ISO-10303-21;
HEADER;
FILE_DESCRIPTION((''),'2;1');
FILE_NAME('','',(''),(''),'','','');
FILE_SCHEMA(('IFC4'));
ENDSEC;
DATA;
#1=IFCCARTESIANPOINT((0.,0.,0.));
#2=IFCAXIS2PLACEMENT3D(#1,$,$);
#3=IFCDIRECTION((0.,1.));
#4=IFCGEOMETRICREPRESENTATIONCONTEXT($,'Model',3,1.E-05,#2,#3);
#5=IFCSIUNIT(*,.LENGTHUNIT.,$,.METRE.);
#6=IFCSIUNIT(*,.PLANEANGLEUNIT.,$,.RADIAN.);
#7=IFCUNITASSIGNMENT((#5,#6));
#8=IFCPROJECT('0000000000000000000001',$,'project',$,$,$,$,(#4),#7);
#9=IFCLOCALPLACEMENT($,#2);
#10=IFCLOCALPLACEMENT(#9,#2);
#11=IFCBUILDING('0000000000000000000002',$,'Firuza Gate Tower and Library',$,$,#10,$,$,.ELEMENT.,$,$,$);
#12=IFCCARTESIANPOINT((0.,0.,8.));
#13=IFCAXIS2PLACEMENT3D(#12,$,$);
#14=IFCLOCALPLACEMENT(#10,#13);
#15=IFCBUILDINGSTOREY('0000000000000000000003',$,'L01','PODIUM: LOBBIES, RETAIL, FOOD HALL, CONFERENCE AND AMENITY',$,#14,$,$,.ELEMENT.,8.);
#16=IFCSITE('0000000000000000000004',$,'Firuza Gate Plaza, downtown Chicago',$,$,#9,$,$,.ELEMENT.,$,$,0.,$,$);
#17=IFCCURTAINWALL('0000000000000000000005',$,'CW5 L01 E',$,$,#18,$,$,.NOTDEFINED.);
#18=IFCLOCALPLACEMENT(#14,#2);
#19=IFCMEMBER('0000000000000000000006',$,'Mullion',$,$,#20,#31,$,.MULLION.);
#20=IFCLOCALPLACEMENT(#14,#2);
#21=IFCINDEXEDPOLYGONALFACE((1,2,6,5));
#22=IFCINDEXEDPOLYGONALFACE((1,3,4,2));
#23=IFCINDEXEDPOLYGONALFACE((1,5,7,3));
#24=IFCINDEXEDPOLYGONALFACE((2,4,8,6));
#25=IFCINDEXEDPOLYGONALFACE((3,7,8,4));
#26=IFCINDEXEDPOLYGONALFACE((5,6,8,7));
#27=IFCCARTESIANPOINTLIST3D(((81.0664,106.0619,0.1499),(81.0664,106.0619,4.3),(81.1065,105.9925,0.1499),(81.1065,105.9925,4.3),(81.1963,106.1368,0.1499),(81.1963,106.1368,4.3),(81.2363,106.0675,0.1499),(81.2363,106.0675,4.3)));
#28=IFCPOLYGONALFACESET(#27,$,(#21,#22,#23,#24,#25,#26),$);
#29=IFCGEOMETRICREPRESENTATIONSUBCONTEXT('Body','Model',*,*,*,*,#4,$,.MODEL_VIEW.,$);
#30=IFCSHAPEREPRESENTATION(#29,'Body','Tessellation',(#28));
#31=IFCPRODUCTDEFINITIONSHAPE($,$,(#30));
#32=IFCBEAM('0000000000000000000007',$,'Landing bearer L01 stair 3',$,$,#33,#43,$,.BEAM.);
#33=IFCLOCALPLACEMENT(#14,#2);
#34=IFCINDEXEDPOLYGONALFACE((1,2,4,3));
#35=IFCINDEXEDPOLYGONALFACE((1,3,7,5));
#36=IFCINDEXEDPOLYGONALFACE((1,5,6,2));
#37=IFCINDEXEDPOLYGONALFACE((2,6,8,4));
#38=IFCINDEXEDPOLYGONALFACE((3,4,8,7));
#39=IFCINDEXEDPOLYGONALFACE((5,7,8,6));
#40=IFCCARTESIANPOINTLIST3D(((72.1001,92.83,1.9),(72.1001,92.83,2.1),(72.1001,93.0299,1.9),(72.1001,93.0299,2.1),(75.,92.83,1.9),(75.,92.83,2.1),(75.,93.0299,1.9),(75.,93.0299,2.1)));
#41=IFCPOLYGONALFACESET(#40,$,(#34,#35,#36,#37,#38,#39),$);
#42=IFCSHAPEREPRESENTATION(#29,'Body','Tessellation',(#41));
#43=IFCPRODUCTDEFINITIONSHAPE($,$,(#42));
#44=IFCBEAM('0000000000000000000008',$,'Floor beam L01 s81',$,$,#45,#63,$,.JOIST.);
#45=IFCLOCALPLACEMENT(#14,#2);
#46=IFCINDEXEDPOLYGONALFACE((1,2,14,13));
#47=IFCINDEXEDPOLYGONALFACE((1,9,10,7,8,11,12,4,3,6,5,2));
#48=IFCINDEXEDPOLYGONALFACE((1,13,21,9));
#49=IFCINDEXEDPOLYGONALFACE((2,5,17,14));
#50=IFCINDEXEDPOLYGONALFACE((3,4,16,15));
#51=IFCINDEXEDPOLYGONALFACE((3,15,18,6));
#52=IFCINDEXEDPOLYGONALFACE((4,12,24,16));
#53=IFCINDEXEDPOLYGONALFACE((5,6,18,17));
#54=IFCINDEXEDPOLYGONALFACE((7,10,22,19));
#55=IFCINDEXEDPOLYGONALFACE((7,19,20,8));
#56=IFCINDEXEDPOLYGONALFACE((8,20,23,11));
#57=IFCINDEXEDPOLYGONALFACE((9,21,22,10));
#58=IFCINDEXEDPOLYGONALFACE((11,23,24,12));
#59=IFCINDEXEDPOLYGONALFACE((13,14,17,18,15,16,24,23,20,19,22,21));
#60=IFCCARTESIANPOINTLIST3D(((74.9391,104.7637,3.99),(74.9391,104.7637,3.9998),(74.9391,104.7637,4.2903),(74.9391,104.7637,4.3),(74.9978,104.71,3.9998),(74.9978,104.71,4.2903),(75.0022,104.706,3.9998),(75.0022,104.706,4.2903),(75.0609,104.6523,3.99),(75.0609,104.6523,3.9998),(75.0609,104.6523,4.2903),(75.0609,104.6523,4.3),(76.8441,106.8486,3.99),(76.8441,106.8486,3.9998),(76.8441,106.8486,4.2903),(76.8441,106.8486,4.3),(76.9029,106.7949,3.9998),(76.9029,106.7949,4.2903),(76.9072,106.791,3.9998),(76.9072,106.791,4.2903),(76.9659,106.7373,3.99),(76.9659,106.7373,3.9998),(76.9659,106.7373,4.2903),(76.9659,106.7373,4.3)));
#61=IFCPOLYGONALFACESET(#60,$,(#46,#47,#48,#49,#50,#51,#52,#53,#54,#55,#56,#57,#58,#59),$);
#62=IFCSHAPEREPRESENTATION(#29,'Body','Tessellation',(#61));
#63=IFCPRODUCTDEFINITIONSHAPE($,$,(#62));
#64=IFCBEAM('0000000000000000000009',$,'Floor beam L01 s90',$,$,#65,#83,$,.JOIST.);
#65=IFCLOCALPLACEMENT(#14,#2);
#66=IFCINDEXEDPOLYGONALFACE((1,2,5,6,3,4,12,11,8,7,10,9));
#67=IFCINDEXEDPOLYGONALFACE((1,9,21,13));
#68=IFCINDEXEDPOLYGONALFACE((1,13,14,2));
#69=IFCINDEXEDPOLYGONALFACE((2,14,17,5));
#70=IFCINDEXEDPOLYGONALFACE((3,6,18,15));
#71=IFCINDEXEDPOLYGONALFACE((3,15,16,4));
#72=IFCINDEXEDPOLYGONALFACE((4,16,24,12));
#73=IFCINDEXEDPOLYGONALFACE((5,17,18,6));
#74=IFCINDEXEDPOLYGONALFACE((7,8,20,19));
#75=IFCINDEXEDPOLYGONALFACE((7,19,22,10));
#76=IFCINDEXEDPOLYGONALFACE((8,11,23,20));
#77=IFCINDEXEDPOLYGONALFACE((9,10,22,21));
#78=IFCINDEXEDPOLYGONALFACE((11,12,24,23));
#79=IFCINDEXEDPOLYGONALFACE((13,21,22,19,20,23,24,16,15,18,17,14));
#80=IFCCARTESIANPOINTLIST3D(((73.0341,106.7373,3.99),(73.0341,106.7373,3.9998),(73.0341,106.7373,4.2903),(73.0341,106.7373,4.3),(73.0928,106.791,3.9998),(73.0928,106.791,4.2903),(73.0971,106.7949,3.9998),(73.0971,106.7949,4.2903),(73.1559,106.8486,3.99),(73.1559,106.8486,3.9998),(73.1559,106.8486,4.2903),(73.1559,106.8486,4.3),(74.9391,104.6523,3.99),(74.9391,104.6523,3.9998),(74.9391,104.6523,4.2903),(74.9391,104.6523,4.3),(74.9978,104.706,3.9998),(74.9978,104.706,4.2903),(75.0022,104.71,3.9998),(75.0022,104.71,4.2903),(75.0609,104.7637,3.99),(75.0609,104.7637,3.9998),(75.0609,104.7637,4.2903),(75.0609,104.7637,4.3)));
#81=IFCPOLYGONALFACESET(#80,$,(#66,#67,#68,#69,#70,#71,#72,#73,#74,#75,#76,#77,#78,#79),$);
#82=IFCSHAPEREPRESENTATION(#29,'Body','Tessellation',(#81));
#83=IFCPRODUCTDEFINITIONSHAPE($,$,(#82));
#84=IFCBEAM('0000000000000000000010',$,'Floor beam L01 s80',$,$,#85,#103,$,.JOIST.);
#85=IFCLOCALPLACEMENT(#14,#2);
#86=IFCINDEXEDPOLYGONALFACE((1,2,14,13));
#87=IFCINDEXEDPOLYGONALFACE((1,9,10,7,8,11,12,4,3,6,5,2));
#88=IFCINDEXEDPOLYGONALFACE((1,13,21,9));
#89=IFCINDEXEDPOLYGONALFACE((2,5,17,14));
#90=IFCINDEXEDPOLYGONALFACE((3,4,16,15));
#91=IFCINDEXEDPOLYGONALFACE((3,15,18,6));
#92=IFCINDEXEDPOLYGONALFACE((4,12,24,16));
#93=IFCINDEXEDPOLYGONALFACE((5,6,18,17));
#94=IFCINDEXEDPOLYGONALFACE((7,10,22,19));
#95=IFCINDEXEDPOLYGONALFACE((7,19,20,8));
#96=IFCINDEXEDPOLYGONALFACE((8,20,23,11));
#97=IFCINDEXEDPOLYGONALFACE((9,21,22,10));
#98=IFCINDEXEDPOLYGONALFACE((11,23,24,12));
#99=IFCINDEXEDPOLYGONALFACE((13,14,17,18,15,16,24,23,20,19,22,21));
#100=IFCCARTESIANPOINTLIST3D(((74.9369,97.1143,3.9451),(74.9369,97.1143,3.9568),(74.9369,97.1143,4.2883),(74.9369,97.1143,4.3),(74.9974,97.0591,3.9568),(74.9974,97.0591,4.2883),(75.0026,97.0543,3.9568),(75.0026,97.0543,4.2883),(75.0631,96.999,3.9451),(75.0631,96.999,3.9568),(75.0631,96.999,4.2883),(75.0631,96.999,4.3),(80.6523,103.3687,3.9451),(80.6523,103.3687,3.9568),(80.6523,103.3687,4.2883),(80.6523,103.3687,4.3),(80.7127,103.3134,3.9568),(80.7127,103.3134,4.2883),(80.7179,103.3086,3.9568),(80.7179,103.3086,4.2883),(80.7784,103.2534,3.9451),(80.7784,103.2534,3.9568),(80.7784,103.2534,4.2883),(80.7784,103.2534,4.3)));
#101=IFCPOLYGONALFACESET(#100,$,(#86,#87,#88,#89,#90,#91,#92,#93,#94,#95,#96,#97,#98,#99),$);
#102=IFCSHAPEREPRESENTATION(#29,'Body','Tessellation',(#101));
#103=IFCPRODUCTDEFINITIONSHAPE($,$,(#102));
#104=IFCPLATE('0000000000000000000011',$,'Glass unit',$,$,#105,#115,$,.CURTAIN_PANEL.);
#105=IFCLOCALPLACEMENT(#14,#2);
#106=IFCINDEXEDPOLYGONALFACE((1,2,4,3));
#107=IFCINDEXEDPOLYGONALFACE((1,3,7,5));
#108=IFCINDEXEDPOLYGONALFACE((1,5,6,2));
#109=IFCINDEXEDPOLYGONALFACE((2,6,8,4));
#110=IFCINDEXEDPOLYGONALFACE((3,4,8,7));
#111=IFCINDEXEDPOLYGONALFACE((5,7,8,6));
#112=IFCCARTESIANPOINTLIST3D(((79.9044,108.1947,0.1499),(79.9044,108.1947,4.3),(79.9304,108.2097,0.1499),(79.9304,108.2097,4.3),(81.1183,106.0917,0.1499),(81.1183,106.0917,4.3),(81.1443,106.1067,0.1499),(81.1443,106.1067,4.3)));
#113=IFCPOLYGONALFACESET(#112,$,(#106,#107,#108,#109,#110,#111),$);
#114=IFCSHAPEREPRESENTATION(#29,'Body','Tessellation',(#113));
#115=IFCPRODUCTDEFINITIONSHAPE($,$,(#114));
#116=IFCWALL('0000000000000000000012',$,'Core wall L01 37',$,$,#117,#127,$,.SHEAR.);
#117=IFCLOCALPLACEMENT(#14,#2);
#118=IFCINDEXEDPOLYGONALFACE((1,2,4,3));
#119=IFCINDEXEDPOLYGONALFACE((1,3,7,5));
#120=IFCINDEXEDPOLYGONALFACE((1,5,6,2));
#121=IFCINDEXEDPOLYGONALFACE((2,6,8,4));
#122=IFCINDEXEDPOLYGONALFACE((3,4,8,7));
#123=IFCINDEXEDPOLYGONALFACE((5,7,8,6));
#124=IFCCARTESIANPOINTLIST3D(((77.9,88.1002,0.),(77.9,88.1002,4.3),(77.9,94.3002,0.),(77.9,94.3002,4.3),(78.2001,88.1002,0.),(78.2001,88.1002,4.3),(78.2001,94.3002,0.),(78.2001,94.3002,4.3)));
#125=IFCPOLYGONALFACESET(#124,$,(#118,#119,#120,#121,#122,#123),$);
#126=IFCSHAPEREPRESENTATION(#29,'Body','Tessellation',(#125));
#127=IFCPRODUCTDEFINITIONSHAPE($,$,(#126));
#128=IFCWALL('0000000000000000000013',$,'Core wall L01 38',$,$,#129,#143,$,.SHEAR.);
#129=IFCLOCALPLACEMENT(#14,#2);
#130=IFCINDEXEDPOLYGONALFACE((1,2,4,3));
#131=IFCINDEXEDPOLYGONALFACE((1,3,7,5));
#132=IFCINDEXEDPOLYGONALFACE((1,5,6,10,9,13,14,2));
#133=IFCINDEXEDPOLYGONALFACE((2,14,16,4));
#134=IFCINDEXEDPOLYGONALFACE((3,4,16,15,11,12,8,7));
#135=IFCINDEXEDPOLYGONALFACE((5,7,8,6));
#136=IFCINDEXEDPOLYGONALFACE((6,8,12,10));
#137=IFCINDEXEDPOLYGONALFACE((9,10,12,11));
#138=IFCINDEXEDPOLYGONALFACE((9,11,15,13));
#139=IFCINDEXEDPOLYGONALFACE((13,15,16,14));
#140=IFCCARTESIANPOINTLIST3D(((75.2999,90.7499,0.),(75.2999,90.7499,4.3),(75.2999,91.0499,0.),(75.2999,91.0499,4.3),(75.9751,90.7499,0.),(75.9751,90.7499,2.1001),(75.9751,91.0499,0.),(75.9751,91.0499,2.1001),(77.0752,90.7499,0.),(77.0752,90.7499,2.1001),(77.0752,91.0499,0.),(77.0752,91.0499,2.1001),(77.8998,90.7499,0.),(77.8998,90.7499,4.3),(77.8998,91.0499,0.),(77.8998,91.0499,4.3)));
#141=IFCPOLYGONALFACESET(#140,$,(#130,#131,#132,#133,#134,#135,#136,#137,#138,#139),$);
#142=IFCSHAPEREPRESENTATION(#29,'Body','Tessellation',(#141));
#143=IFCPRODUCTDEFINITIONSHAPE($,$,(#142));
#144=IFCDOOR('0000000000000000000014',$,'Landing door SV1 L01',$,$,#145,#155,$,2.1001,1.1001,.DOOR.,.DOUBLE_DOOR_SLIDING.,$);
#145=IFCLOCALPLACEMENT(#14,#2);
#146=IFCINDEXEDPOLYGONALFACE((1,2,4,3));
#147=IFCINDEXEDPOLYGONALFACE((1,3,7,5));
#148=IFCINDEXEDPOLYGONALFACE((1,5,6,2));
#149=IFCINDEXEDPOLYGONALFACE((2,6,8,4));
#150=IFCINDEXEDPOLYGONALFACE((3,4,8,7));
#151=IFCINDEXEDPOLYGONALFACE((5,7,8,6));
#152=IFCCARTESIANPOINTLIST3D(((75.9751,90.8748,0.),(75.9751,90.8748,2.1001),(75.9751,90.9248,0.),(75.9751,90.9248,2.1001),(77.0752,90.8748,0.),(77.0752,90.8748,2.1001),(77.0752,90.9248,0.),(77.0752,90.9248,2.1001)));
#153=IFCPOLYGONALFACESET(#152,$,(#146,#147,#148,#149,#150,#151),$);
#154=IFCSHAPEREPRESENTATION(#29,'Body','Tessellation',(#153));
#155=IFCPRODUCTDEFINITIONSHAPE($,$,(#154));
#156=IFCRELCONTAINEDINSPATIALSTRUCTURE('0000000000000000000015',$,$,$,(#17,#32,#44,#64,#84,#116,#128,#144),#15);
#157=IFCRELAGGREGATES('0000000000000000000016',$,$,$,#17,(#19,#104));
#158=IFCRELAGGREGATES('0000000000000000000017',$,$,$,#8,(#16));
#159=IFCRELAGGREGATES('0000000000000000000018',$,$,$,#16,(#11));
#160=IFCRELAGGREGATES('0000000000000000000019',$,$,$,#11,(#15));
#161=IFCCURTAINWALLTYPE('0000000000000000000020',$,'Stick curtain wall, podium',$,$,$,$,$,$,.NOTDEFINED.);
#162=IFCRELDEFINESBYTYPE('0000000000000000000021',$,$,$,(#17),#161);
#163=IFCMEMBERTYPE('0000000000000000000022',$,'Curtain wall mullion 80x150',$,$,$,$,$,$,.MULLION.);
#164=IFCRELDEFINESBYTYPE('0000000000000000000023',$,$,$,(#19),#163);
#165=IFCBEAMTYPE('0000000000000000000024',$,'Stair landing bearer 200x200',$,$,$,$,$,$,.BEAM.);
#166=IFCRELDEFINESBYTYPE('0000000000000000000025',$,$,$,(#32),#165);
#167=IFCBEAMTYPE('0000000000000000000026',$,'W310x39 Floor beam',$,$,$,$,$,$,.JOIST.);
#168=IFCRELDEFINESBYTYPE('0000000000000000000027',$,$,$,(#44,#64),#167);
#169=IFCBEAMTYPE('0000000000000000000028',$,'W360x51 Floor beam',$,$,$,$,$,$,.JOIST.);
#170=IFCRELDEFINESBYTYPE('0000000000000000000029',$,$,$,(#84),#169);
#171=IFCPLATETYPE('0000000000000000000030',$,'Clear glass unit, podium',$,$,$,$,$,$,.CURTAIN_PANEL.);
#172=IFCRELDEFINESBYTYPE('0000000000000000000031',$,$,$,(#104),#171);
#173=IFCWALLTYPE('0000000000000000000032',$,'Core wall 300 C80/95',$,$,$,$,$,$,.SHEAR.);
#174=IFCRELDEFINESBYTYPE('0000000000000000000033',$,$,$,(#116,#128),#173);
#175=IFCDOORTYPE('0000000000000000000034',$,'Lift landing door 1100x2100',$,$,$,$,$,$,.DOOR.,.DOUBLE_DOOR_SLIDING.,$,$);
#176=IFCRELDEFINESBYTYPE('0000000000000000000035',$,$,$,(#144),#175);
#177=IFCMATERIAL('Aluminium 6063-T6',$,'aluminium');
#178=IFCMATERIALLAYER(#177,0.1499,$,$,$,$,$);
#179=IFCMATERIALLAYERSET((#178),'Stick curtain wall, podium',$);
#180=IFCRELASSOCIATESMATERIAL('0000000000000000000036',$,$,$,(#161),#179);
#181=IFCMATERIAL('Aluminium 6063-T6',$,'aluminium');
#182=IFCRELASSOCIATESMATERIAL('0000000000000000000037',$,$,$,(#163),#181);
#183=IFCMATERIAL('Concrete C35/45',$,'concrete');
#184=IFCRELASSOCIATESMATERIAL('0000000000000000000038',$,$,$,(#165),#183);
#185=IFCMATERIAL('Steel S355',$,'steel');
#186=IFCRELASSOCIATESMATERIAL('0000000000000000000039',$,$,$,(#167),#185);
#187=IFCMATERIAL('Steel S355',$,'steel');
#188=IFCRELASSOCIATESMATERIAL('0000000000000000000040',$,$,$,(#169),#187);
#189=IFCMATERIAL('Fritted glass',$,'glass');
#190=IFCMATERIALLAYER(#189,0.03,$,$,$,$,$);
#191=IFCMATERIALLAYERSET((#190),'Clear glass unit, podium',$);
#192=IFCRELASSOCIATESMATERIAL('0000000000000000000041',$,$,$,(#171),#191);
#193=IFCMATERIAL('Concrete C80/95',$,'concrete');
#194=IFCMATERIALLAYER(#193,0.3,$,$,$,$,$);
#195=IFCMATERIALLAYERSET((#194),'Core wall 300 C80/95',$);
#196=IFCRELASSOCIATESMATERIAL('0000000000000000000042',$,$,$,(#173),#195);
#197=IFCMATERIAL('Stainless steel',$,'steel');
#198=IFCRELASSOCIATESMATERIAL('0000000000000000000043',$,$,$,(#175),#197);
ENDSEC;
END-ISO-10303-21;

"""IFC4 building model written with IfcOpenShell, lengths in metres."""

from ifc_helpers import new_model, si_unit, direction, frame, frame_2d, origin, origin_2d, place, context, subcontext, project, spatial, polyline, rectangle, i_section, outline, extrude, material, layer, layer_set, material_profile, profile_set, type_object, element, fill, aggregate, save


model = new_model("IFC4")

# Units and contexts
model_context = context("Model", 3, precision=1e-05, world=origin(), true_north=direction((0.0, 1.0)))
body_context = subcontext(model_context, "Body", "Model", "MODEL_VIEW")
ifc_project = project(units=[si_unit("LENGTHUNIT", "METRE"), si_unit("PLANEANGLEUNIT", "RADIAN")], contexts=[model_context])

# Site, building, storey
site_placement = place(None, origin())
site = spatial("IfcSite", under=ifc_project, at=site_placement, Name="Firuza Gate Plaza, downtown Chicago", CompositionType="ELEMENT", RefElevation=0.0)
building_placement = place(site_placement, origin())
building = spatial("IfcBuilding", under=site, at=building_placement, Name="Firuza Gate Tower and Library", CompositionType="ELEMENT")
storey_placement = place(building_placement, frame((0.0, 0.0, 8.0)))
storey = spatial("IfcBuildingStorey", under=building, at=storey_placement, Name="L01", Description="PODIUM: LOBBIES, RETAIL, FOOD HALL, CONFERENCE AND AMENITY", CompositionType="ELEMENT", Elevation=8.0)

# Curtain wall, member
ifc_material_1 = material(Name="Aluminium 6063-T6", Category="aluminium")
ifc_layer_1 = layer(ifc_material_1, 0.1499)
ifc_layer_set_1 = layer_set([ifc_layer_1], Name="Stick curtain wall, podium")
curtain_wall_type = type_object("IfcCurtainWallType", Name="Stick curtain wall, podium", PredefinedType="NOTDEFINED", material=ifc_layer_set_1)
placement = place(storey_placement, origin())
curtain_wall = element("IfcCurtainWall", 1, at=placement, inside=storey, type_object=curtain_wall_type, Name="CW5 L01 E", PredefinedType="NOTDEFINED")
ifc_material_2 = material(Name="Aluminium 6063-T6", Category="aluminium")
ifc_material_profile_1 = material_profile(ifc_material_2, rectangle(XDim=0.1499, YDim=0.0801, at=origin_2d()))
ifc_profile_set_1 = profile_set([ifc_material_profile_1], Name="Aluminium 6063-T6")
member_type = type_object("IfcMemberType", Name="Curtain wall mullion 80x150", PredefinedType="MULLION", material=ifc_profile_set_1)
member_placement = place(storey_placement, frame((81.1514, 106.0647, 0.1499), z_axis=(0.0, 0.0, 1.0), x_axis=(-0.866025, -0.5, 0.0)))
member = element("IfcMember", 2, at=member_placement, type_object=member_type, Name="Mullion", PredefinedType="MULLION", context=body_context, shape_type="SweptSolid", body=[
    extrude(rectangle(XDim=0.1499, YDim=0.0801, at=origin_2d()), origin(), (0.0, 0.0, 1.0), 4.1501),
])

# Beams
ifc_material_3 = material(Name="Concrete C35/45", Category="concrete")
ifc_material_profile_2 = material_profile(ifc_material_3, rectangle(XDim=0.2, YDim=0.2, at=origin_2d()))
ifc_profile_set_2 = profile_set([ifc_material_profile_2], Name="Concrete C35/45")
beam_type_1 = type_object("IfcBeamType", Name="Stair landing bearer 200x200", PredefinedType="BEAM", material=ifc_profile_set_2)
beam_1_placement = place(storey_placement, frame((75.0, 92.9299, 2.0), z_axis=(-1.0, 0.0, 0.0), x_axis=(0.0, -1.0, 0.0)))
element("IfcBeam", 3, at=beam_1_placement, inside=storey, type_object=beam_type_1, Name="Landing bearer L01 stair 3", PredefinedType="BEAM", context=body_context, shape_type="SweptSolid", body=[
    extrude(rectangle(XDim=0.2, YDim=0.2, at=origin_2d()), origin(), (0.0, 0.0, 1.0), 2.8999),
])
ifc_material_4 = material(Name="Steel S355", Category="steel")
ifc_material_profile_3 = material_profile(ifc_material_4, i_section(OverallWidth=0.165, OverallDepth=0.3101, WebThickness=0.0059, FlangeThickness=0.0098, at=origin_2d()))
ifc_profile_set_3 = profile_set([ifc_material_profile_3], Name="Steel S355")
beam_type_2 = type_object("IfcBeamType", Name="W310x39 Floor beam", PredefinedType="JOIST", material=ifc_profile_set_3)
for number, where, z_axis, x_axis, name in (
    (4, (76.905, 106.793, 4.145), (-0.674534, -0.738244, 0.0), (0.738244, -0.674534, 0.0), "Floor beam L01 s81"),
    (5, (73.095, 106.793, 4.145), (0.674534, -0.738244, 0.0), (0.738244, 0.674534, 0.0), "Floor beam L01 s90"),
):
    element("IfcBeam", number, at=place(storey_placement, frame(where, z_axis=z_axis, x_axis=x_axis)), inside=storey, type_object=beam_type_2, Name=name, PredefinedType="JOIST", context=body_context, shape_type="SweptSolid", body=[
        extrude(i_section(OverallWidth=0.165, OverallDepth=0.3101, WebThickness=0.0059, FlangeThickness=0.0098, at=origin_2d()), origin(), (0.0, 0.0, 1.0), 2.8242),
    ])
ifc_material_5 = material(Name="Steel S355", Category="steel")
ifc_material_profile_4 = material_profile(ifc_material_5, i_section(OverallWidth=0.1709, OverallDepth=0.355, WebThickness=0.0071, FlangeThickness=0.0117, at=origin_2d()))
ifc_profile_set_4 = profile_set([ifc_material_profile_4], Name="Steel S355")
beam_type_3 = type_object("IfcBeamType", Name="W360x51 Floor beam", PredefinedType="JOIST", material=ifc_profile_set_4)
beam_2_placement = place(storey_placement, frame((80.7153, 103.311, 4.1226), z_axis=(-0.674578, -0.738203, 0.0), x_axis=(0.738203, -0.674578, 0.0)))
element("IfcBeam", 6, at=beam_2_placement, inside=storey, type_object=beam_type_3, Name="Floor beam L01 s80", PredefinedType="JOIST", context=body_context, shape_type="SweptSolid", body=[
    extrude(i_section(OverallWidth=0.1709, OverallDepth=0.355, WebThickness=0.0071, FlangeThickness=0.0117, at=origin_2d()), origin(), (0.0, 0.0, 1.0), 8.4724),
])

# Plate
ifc_material_6 = material(Name="Fritted glass", Category="glass")
ifc_layer_2 = layer(ifc_material_6, 0.03)
ifc_layer_set_2 = layer_set([ifc_layer_2], Name="Clear glass unit, podium")
plate_type = type_object("IfcPlateType", Name="Clear glass unit, podium", PredefinedType="CURTAIN_PANEL", material=ifc_layer_set_2)
plate_placement = place(storey_placement, frame((81.1443, 106.1067, 0.1499), z_axis=(0.866082, 0.499902, 0.0), x_axis=(-0.499902, 0.866082, 0.0)))
plate = element("IfcPlate", 7, at=plate_placement, type_object=plate_type, Name="Glass unit", PredefinedType="CURTAIN_PANEL", context=body_context, shape_type="SweptSolid", body=[
    extrude(outline(polyline([(0.0, 0.0), (2.4282, 0.0), (2.4282, 4.1501), (0.0, 4.1501), (0.0, 0.0)])), origin(), (0.0, 0.0, -1.0), 0.03),
])
aggregate(curtain_wall, [member, plate])

# Wall
ifc_material_7 = material(Name="Concrete C80/95", Category="concrete")
ifc_layer_3 = layer(ifc_material_7, 0.3)
ifc_layer_set_3 = layer_set([ifc_layer_3], Name="Core wall 300 C80/95")
wall_type_1 = type_object("IfcWallType", Name="Core wall 300 C80/95", PredefinedType="SHEAR", material=ifc_layer_set_3)
wall_1_placement = place(storey_placement, frame((78.05, 88.1001, 0.0), z_axis=(0.0, 0.0, 1.0), x_axis=(0.0, 1.0, 0.0)))
element("IfcWall", 8, at=wall_1_placement, inside=storey, type_object=wall_type_1, Name="Core wall L01 37", PredefinedType="SHEAR", context=body_context, shape_type="SweptSolid", body=[
    extrude(rectangle(XDim=6.2, YDim=0.3, at=frame_2d((3.1001, 0.0))), origin(), (0.0, 0.0, 1.0), 4.3),
])

# Wall, opening, door
wall_2_placement = place(storey_placement, frame((75.3, 90.8999, 0.0), z_axis=(0.0, 0.0, 1.0), x_axis=(1.0, 0.0, 0.0)))
wall_2 = element("IfcWall", 9, at=wall_2_placement, inside=storey, type_object=wall_type_1, Name="Core wall L01 38", PredefinedType="SHEAR", context=body_context, shape_type="SweptSolid", body=[
    extrude(rectangle(XDim=2.5999, YDim=0.3, at=frame_2d((1.2998, 0.0))), origin(), (0.0, 0.0, 1.0), 4.3),
])
opening_1_placement = place(wall_2_placement, frame((0.675, 0.0, 0.0)))
opening_1 = element("IfcOpeningElement", 10, at=opening_1_placement, cuts=wall_2, PredefinedType="OPENING", context=body_context, shape_type="SweptSolid", body=[
    extrude(rectangle(XDim=1.1001, YDim=2.1001, at=frame_2d((0.55, 1.05))), frame((0.0, 0.1602, 0.0), z_axis=(0.0, -1.0, 0.0), x_axis=(1.0, 0.0, 0.0)), (0.0, 0.0, 1.0), 0.3201),
])
ifc_material_8 = material(Name="Stainless steel", Category="steel")
door_type_1 = type_object("IfcDoorType", Name="Lift landing door 1100x2100", OperationType="DOUBLE_DOOR_SLIDING", PredefinedType="DOOR", material=ifc_material_8)
door_1_placement = place(opening_1_placement, origin())
door_1 = element("IfcDoor", 11, at=door_1_placement, inside=storey, type_object=door_type_1, Name="Landing door SV1 L01", OperationType="DOUBLE_DOOR_SLIDING", OverallHeight=2.1001, OverallWidth=1.1001, PredefinedType="DOOR", context=body_context, shape_type="SweptSolid", body=[
    extrude(rectangle(XDim=1.1001, YDim=2.1001, at=frame_2d((0.55, 1.05))), frame((0.0, 0.0249, 0.0), z_axis=(0.0, -1.0, 0.0), x_axis=(1.0, 0.0, 0.0)), (0.0, 0.0, 1.0), 0.05),
])
fill(opening_1, door_1)

save(model, "model.ifc")
